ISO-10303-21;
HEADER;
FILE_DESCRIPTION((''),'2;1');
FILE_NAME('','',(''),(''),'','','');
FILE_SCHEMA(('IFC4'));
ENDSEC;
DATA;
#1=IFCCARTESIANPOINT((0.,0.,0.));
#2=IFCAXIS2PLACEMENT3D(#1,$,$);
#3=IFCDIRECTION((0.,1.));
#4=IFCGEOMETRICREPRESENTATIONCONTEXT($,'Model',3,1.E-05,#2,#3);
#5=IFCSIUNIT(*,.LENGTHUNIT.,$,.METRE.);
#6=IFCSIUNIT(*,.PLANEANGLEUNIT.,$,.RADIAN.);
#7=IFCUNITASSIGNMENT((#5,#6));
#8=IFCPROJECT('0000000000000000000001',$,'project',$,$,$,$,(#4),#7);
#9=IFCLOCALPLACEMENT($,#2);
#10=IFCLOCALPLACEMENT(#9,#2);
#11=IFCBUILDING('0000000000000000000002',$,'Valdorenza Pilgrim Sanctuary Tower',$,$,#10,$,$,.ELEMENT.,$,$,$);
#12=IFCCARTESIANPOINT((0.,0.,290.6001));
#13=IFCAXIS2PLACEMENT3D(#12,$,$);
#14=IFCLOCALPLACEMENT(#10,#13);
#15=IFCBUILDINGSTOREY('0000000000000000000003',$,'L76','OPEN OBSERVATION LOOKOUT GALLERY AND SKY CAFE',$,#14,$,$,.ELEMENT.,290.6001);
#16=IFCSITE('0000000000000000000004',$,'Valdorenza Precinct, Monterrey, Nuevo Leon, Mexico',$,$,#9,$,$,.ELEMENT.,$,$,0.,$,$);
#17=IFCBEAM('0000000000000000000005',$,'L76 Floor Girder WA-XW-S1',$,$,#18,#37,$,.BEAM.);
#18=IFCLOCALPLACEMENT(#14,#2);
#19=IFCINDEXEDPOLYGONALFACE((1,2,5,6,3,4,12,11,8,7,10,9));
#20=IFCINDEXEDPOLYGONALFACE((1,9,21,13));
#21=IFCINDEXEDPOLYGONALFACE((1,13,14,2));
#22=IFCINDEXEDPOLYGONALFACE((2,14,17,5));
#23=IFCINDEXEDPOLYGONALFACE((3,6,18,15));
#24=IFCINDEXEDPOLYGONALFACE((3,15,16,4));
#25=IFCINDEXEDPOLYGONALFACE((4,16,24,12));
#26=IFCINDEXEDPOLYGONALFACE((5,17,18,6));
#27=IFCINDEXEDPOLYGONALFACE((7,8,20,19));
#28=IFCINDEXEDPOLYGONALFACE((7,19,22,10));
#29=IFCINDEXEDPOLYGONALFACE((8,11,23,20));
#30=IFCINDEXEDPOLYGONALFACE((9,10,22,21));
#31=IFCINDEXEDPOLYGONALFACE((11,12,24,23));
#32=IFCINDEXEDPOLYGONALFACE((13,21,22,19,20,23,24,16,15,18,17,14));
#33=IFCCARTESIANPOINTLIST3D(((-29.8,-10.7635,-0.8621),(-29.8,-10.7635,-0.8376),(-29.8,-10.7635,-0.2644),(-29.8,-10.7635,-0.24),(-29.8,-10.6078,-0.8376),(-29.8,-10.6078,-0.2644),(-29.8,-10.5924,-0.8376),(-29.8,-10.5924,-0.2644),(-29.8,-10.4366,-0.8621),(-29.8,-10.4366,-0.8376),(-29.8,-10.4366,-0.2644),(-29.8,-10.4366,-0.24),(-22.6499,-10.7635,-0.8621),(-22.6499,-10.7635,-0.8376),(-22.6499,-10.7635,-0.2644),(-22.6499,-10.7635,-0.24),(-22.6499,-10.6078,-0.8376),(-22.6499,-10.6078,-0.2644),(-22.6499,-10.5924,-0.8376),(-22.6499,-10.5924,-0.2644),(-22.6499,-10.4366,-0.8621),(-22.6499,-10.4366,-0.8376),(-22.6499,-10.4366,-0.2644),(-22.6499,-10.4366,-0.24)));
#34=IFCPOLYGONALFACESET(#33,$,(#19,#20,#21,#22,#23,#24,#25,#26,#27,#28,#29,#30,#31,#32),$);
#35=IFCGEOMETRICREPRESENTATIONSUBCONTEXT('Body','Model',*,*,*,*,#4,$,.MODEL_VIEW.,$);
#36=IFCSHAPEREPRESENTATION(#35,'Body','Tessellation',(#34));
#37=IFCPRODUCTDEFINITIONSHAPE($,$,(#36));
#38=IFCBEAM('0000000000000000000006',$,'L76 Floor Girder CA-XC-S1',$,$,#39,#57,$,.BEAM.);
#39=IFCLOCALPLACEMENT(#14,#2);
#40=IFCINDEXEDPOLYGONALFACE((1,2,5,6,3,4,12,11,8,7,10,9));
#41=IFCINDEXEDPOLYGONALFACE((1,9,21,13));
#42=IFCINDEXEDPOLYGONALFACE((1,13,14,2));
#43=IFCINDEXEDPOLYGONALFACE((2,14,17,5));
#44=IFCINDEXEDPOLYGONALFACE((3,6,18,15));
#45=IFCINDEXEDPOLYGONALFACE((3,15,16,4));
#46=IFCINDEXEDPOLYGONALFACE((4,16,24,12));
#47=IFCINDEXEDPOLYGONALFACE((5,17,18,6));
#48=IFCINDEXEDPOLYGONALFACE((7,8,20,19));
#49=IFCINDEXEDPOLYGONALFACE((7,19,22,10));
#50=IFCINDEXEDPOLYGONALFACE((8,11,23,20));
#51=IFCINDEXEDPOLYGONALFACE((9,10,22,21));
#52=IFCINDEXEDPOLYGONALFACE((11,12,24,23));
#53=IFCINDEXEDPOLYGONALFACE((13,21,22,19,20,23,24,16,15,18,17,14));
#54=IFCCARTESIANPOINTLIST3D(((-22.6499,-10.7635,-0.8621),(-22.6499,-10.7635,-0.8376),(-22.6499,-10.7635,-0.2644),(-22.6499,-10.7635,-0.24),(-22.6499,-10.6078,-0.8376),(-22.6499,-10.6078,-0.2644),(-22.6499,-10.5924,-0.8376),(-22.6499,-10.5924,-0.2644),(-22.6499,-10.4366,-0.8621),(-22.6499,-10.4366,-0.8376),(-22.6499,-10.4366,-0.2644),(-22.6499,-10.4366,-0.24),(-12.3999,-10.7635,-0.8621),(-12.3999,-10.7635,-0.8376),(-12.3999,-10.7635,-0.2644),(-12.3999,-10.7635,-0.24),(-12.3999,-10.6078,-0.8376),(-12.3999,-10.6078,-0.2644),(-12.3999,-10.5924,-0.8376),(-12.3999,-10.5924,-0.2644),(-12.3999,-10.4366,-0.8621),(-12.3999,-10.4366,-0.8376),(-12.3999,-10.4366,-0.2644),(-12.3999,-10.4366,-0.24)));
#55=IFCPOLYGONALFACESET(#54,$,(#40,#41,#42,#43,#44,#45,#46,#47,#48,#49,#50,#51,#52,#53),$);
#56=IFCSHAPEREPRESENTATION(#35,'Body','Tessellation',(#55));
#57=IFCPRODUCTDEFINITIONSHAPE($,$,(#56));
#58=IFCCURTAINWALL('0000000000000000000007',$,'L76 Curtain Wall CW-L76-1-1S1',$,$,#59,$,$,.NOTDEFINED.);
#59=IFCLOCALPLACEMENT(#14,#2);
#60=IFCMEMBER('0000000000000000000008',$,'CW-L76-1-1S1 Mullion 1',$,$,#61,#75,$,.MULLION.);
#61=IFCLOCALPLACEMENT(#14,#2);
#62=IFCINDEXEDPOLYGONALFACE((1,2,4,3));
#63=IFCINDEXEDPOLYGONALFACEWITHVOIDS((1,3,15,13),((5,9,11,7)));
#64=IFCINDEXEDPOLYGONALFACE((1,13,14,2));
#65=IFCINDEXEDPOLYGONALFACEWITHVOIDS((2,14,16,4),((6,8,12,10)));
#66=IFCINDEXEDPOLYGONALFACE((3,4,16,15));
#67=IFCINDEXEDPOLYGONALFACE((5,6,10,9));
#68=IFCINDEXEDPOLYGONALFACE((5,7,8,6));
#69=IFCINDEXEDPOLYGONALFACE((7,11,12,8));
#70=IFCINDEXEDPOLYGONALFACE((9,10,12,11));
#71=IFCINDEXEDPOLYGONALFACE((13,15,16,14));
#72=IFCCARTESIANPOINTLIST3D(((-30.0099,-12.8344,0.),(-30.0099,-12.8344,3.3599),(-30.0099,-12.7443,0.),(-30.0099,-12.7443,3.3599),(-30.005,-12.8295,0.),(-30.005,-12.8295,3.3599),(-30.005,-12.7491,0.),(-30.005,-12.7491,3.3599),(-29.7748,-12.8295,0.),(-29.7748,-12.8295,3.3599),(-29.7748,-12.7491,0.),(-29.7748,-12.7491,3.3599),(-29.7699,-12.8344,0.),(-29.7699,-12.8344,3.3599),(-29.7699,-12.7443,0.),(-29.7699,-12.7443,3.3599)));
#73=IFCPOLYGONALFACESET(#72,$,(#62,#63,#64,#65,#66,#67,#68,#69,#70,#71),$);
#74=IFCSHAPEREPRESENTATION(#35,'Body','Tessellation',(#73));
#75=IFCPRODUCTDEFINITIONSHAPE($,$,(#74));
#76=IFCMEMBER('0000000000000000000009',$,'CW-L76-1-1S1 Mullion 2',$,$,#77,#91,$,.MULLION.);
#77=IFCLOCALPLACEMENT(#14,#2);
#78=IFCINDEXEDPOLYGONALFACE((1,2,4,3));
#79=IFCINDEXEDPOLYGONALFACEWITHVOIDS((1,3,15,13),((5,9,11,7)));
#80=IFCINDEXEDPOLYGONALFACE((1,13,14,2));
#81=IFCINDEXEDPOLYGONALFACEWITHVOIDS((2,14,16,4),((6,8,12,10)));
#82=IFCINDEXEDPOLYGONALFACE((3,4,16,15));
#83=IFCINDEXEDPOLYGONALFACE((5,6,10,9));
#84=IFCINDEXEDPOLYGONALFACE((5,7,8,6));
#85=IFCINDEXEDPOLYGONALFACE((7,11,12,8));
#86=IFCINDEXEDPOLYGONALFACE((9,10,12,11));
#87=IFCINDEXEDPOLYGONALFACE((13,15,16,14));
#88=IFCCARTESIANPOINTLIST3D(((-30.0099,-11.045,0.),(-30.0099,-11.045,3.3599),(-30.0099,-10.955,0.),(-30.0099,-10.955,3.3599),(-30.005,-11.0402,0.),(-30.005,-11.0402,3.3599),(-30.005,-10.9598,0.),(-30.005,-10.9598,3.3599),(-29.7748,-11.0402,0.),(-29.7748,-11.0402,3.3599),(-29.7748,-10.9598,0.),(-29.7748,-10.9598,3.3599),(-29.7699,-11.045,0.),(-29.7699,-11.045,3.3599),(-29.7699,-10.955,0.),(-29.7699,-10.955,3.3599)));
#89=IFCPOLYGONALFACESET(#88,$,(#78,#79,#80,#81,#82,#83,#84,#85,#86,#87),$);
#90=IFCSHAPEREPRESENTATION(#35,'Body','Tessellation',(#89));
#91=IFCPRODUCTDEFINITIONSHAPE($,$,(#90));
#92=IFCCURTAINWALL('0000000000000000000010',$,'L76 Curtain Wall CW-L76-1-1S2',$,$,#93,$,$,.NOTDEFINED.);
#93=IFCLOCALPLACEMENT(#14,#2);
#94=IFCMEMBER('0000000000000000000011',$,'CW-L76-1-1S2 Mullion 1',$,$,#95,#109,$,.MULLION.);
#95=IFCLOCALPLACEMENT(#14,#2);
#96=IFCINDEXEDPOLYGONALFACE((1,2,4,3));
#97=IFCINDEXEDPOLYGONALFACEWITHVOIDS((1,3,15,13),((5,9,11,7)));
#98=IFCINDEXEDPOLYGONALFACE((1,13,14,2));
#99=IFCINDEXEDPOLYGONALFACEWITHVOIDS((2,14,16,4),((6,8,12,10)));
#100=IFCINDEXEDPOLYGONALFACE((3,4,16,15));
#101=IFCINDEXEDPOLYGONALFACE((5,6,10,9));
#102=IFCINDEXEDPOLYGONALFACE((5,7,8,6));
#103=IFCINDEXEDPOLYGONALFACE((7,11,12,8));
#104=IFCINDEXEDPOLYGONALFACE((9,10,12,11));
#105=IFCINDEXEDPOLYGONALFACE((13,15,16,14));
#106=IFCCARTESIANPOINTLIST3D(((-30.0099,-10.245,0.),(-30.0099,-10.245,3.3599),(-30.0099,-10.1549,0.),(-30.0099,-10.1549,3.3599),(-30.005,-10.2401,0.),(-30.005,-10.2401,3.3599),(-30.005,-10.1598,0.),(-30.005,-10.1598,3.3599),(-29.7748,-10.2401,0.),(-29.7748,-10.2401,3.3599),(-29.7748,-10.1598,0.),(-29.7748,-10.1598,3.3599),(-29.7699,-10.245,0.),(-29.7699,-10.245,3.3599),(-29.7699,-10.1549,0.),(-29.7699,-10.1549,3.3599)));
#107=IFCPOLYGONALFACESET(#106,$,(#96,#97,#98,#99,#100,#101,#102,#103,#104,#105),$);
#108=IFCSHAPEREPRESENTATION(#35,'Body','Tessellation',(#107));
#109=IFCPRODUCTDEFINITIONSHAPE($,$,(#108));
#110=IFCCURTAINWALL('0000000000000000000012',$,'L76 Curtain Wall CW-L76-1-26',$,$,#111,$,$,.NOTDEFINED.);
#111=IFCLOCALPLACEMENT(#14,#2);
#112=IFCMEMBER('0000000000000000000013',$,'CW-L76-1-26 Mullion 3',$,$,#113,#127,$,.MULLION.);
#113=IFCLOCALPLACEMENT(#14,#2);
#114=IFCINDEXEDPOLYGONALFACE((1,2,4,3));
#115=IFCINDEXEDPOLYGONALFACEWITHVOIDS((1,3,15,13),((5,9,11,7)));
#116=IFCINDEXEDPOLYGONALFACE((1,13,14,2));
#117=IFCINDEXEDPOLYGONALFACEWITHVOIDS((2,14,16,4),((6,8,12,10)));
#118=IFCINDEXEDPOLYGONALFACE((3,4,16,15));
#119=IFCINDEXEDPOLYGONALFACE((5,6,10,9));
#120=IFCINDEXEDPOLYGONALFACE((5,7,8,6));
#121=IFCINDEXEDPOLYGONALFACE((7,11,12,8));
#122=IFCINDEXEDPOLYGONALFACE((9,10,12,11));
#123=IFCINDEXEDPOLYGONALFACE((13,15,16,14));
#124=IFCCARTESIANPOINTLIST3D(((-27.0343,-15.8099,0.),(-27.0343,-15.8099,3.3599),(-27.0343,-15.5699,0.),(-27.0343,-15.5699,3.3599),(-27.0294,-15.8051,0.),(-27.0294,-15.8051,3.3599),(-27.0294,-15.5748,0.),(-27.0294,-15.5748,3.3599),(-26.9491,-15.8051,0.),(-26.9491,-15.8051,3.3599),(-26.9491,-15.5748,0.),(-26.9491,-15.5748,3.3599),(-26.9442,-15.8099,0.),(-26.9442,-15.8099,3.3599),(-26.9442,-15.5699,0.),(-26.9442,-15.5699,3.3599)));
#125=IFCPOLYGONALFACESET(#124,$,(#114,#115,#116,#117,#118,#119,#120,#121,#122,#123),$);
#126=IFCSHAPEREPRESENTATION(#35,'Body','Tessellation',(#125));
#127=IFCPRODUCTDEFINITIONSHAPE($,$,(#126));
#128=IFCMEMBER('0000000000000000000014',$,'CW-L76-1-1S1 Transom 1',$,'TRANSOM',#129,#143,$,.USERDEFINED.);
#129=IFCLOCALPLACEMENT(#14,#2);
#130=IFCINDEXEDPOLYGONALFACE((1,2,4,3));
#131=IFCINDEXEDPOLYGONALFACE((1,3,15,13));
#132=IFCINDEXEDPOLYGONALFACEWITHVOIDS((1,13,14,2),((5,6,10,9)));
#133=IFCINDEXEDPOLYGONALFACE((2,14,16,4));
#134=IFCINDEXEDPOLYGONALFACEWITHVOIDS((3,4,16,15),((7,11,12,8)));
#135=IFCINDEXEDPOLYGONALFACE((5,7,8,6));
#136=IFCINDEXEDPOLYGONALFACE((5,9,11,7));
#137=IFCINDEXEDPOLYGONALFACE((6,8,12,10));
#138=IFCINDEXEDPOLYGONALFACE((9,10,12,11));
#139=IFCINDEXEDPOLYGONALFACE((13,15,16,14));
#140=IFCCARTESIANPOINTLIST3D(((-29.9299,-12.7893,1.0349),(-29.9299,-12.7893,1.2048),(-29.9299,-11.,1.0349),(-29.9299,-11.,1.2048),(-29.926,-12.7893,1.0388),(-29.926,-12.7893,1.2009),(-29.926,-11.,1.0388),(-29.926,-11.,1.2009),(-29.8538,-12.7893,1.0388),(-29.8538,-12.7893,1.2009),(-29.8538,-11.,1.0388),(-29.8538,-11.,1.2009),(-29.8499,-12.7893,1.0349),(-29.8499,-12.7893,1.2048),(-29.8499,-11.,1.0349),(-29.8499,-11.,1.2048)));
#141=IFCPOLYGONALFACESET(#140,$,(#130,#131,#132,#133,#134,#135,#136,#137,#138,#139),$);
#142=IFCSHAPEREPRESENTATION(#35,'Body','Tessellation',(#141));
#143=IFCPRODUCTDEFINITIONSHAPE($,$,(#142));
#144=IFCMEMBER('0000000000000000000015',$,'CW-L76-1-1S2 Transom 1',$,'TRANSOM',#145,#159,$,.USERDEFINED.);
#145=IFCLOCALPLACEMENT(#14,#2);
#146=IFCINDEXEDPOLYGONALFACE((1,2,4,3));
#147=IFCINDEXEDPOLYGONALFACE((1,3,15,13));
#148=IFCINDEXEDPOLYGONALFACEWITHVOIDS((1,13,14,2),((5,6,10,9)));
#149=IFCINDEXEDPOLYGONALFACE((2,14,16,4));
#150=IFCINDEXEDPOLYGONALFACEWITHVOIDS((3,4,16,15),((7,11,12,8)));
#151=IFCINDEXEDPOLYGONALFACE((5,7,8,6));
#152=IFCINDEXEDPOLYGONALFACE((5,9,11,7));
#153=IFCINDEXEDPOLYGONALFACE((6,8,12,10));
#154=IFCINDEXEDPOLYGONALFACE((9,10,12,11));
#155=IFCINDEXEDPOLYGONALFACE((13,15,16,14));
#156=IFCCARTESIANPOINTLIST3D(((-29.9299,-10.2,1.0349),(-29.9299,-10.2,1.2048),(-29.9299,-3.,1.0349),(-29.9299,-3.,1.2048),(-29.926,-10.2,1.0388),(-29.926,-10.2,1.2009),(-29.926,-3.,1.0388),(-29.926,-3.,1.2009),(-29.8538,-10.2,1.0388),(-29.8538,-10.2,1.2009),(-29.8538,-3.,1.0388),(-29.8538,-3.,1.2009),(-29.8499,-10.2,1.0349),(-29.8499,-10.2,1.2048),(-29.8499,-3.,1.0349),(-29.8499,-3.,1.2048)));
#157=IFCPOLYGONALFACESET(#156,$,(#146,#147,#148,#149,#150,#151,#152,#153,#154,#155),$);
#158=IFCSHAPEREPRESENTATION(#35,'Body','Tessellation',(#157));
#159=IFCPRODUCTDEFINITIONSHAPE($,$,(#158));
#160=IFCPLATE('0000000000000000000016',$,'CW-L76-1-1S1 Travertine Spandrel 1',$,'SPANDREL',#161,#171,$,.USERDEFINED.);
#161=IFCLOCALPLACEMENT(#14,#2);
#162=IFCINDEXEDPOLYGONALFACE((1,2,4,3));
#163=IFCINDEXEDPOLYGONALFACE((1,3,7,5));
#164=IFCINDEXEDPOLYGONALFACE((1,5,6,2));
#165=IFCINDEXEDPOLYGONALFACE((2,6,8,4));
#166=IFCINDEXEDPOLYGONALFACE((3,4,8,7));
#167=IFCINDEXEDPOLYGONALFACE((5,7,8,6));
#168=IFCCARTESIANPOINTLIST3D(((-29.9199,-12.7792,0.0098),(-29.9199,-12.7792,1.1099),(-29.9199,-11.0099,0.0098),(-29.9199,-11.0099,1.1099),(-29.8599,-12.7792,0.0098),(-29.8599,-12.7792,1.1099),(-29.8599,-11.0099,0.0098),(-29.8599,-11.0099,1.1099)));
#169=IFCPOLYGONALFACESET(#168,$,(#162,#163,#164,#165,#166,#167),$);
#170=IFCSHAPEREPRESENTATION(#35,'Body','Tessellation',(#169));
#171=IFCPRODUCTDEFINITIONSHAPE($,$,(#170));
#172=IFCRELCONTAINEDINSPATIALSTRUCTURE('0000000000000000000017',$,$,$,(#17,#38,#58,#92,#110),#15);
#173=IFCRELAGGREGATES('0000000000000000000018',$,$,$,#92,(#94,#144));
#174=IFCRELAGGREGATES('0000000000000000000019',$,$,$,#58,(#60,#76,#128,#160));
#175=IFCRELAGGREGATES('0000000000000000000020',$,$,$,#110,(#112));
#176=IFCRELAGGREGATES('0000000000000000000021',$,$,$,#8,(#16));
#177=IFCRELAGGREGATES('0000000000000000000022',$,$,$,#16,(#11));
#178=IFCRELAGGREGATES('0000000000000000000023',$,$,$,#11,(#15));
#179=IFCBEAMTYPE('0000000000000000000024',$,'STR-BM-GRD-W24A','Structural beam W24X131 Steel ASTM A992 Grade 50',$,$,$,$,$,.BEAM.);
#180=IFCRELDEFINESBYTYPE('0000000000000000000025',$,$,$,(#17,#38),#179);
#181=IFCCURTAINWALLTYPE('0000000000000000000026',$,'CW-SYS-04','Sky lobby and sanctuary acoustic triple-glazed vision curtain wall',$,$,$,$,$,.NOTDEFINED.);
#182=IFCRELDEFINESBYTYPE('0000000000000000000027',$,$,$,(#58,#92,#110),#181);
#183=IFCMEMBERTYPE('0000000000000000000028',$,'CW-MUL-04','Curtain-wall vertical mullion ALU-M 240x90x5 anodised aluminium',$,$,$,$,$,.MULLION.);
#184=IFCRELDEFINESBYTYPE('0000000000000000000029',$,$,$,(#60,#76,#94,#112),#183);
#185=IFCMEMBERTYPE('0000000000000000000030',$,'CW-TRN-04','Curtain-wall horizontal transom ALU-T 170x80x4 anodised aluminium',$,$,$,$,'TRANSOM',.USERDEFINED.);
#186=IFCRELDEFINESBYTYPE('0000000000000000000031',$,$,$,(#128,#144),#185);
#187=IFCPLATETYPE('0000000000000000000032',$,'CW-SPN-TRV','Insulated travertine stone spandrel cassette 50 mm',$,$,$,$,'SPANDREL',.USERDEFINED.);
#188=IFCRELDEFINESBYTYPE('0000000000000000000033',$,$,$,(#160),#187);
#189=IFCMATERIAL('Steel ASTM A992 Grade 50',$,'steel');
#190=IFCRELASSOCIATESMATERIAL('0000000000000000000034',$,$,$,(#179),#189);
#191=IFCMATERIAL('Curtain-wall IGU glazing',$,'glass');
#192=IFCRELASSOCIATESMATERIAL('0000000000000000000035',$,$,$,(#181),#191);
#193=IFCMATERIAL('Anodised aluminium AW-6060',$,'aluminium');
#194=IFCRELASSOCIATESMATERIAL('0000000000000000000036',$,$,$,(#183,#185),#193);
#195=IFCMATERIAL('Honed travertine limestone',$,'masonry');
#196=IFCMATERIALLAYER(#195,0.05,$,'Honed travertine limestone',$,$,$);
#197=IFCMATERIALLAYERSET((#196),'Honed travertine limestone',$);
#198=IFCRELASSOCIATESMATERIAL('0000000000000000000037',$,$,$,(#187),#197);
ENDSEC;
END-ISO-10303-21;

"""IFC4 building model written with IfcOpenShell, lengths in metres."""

from ifc_helpers import new_model, si_unit, direction, frame, origin, origin_2d, place, context, subcontext, project, spatial, rectangle, hollow_rectangle, i_section, extrude, source, transform, mapped, material, layer, layer_set, material_profile, profile_set, type_object, element, aggregate, save


model = new_model("IFC4")

# Units and contexts
model_context = context("Model", 3, precision=1e-05, world=origin(), true_north=direction((0.0, 1.0)))
body_context = subcontext(model_context, "Body", "Model", "MODEL_VIEW")
ifc_project = project(units=[si_unit("LENGTHUNIT", "METRE"), si_unit("PLANEANGLEUNIT", "RADIAN")], contexts=[model_context])

# Site, building, storey
site_placement = place(None, origin())
site = spatial("IfcSite", under=ifc_project, at=site_placement, Name="Valdorenza Precinct, Monterrey, Nuevo Leon, Mexico", CompositionType="ELEMENT", RefElevation=0.0)
building_placement = place(site_placement, origin())
building = spatial("IfcBuilding", under=site, at=building_placement, Name="Valdorenza Pilgrim Sanctuary Tower", CompositionType="ELEMENT")
storey_placement = place(building_placement, frame((0.0, 0.0, 290.6001)))
storey = spatial("IfcBuildingStorey", under=building, at=storey_placement, Name="L76", Description="OPEN OBSERVATION LOOKOUT GALLERY AND SKY CAFE", CompositionType="ELEMENT", Elevation=290.6001)

# Beams
ifc_material_1 = material(Name="Steel ASTM A992 Grade 50", Category="steel")
ifc_material_profile_1 = material_profile(ifc_material_1, i_section(OverallWidth=0.3269, OverallDepth=0.6221, WebThickness=0.0154, FlangeThickness=0.0244, at=origin_2d()), Name="W24X131")
ifc_profile_set_1 = profile_set([ifc_material_profile_1], Name="Steel ASTM A992 Grade 50")
beam_type_1 = type_object("IfcBeamType", Name="STR-BM-GRD-W24A", Description="Structural beam W24X131 Steel ASTM A992 Grade 50", PredefinedType="BEAM", material=ifc_profile_set_1)
shared_shape_1 = source(origin(), body_context, "Body", "SweptSolid", [
    extrude(i_section(OverallWidth=0.3269, OverallDepth=0.6221, WebThickness=0.0154, FlangeThickness=0.0244, at=origin_2d()), origin(), (0.0, 0.0, 1.0), 7.1501),
])
beam_1_placement = place(storey_placement, frame((-29.8, -10.6001, -0.551), z_axis=(1.0, 0.0, 0.0), x_axis=(0.0, 1.0, 0.0)))
element("IfcBeam", 1, at=beam_1_placement, inside=storey, type_object=beam_type_1, Name="L76 Floor Girder WA-XW-S1", PredefinedType="BEAM", context=body_context, shape_type="MappedRepresentation", body=[
    mapped(shared_shape_1, transform((0.0, 0.0, 0.0), x_axis=(1.0, 0.0, 0.0), y_axis=(0.0, 1.0, 0.0), z_axis=(0.0, 0.0, 1.0), scale=1.0)),
])
shared_shape_2 = source(origin(), body_context, "Body", "SweptSolid", [
    extrude(i_section(OverallWidth=0.3269, OverallDepth=0.6221, WebThickness=0.0154, FlangeThickness=0.0244, at=origin_2d()), origin(), (0.0, 0.0, 1.0), 10.25),
])
beam_2_placement = place(storey_placement, frame((-22.6499, -10.6001, -0.551), z_axis=(1.0, 0.0, 0.0), x_axis=(0.0, 1.0, 0.0)))
element("IfcBeam", 2, at=beam_2_placement, inside=storey, type_object=beam_type_1, Name="L76 Floor Girder CA-XC-S1", PredefinedType="BEAM", context=body_context, shape_type="MappedRepresentation", body=[
    mapped(shared_shape_2, transform((0.0, 0.0, 0.0), x_axis=(1.0, 0.0, 0.0), y_axis=(0.0, 1.0, 0.0), z_axis=(0.0, 0.0, 1.0), scale=1.0)),
])

# Curtain wall, members
ifc_material_2 = material(Name="Curtain-wall IGU glazing", Category="glass")
curtain_wall_type = type_object("IfcCurtainWallType", Name="CW-SYS-04", Description="Sky lobby and sanctuary acoustic triple-glazed vision curtain wall", PredefinedType="NOTDEFINED", material=ifc_material_2)
curtain_wall_1_placement = place(storey_placement, origin())
curtain_wall_1 = element("IfcCurtainWall", 3, at=curtain_wall_1_placement, inside=storey, type_object=curtain_wall_type, Name="L76 Curtain Wall CW-L76-1-1S1", PredefinedType="NOTDEFINED")
ifc_material_3 = material(Name="Anodised aluminium AW-6060", Category="aluminium")
ifc_material_profile_2 = material_profile(ifc_material_3, hollow_rectangle(XDim=0.0901, YDim=0.24, WallThickness=0.0049, at=origin_2d()), Name="ALU-M 240x90x5")
ifc_profile_set_2 = profile_set([ifc_material_profile_2], Name="Anodised aluminium AW-6060")
member_type_1 = type_object("IfcMemberType", Name="CW-MUL-04", Description="Curtain-wall vertical mullion ALU-M 240x90x5 anodised aluminium", PredefinedType="MULLION", material=ifc_profile_set_2)
shared_shape_3 = source(origin(), body_context, "Body", "SweptSolid", [
    extrude(hollow_rectangle(XDim=0.0901, YDim=0.24, WallThickness=0.0049, at=origin_2d()), origin(), (0.0, 0.0, 1.0), 3.3599),
])
member_1_placement = place(storey_placement, frame((-29.8899, -12.7893, 0.0), z_axis=(0.0, 0.0, 1.0), x_axis=(0.0, 1.0, 0.0)))
member_1 = element("IfcMember", 4, at=member_1_placement, type_object=member_type_1, Name="CW-L76-1-1S1 Mullion 1", PredefinedType="MULLION", context=body_context, shape_type="MappedRepresentation", body=[
    mapped(shared_shape_3, transform((0.0, 0.0, 0.0), x_axis=(1.0, 0.0, 0.0), y_axis=(0.0, 1.0, 0.0), z_axis=(0.0, 0.0, 1.0), scale=1.0)),
])
member_2_placement = place(storey_placement, frame((-29.8899, -11.0, 0.0), z_axis=(0.0, 0.0, 1.0), x_axis=(0.0, 1.0, 0.0)))
member_2 = element("IfcMember", 5, at=member_2_placement, type_object=member_type_1, Name="CW-L76-1-1S1 Mullion 2", PredefinedType="MULLION", context=body_context, shape_type="MappedRepresentation", body=[
    mapped(shared_shape_3, transform((0.0, 0.0, 0.0), x_axis=(1.0, 0.0, 0.0), y_axis=(0.0, 1.0, 0.0), z_axis=(0.0, 0.0, 1.0), scale=1.0)),
])

# Curtain walls, members
curtain_wall_2_placement = place(storey_placement, origin())
curtain_wall_2 = element("IfcCurtainWall", 6, at=curtain_wall_2_placement, inside=storey, type_object=curtain_wall_type, Name="L76 Curtain Wall CW-L76-1-1S2", PredefinedType="NOTDEFINED")
member_3_placement = place(storey_placement, frame((-29.8899, -10.2, 0.0), z_axis=(0.0, 0.0, 1.0), x_axis=(0.0, 1.0, 0.0)))
member_3 = element("IfcMember", 7, at=member_3_placement, type_object=member_type_1, Name="CW-L76-1-1S2 Mullion 1", PredefinedType="MULLION", context=body_context, shape_type="MappedRepresentation", body=[
    mapped(shared_shape_3, transform((0.0, 0.0, 0.0), x_axis=(1.0, 0.0, 0.0), y_axis=(0.0, 1.0, 0.0), z_axis=(0.0, 0.0, 1.0), scale=1.0)),
])
curtain_wall_3_placement = place(storey_placement, origin())
curtain_wall_3 = element("IfcCurtainWall", 8, at=curtain_wall_3_placement, inside=storey, type_object=curtain_wall_type, Name="L76 Curtain Wall CW-L76-1-26", PredefinedType="NOTDEFINED")
member_4_placement = place(storey_placement, frame((-26.9893, -15.6899, 0.0), z_axis=(0.0, 0.0, 1.0), x_axis=(-1.0, 0.0, 0.0)))
member_4 = element("IfcMember", 9, at=member_4_placement, type_object=member_type_1, Name="CW-L76-1-26 Mullion 3", PredefinedType="MULLION", context=body_context, shape_type="MappedRepresentation", body=[
    mapped(shared_shape_3, transform((0.0, 0.0, 0.0), x_axis=(1.0, 0.0, 0.0), y_axis=(0.0, 1.0, 0.0), z_axis=(0.0, 0.0, 1.0), scale=1.0)),
])

# Members
ifc_material_profile_3 = material_profile(ifc_material_3, hollow_rectangle(XDim=0.0801, YDim=0.1699, WallThickness=0.0039, at=origin_2d()), Name="ALU-T 170x80x4")
ifc_profile_set_3 = profile_set([ifc_material_profile_3], Name="Anodised aluminium AW-6060")
member_type_2 = type_object("IfcMemberType", Name="CW-TRN-04", Description="Curtain-wall horizontal transom ALU-T 170x80x4 anodised aluminium", ElementType="TRANSOM", PredefinedType="USERDEFINED", material=ifc_profile_set_3)
shared_shape_4 = source(origin(), body_context, "Body", "SweptSolid", [
    extrude(hollow_rectangle(XDim=0.0801, YDim=0.1699, WallThickness=0.0039, at=origin_2d()), origin(), (0.0, 0.0, 1.0), 1.7893),
])
member_5_placement = place(storey_placement, frame((-29.8899, -12.7893, 1.1199), z_axis=(0.0, 1.0, 0.0), x_axis=(-1.0, 0.0, 0.0)))
member_5 = element("IfcMember", 10, at=member_5_placement, type_object=member_type_2, Name="CW-L76-1-1S1 Transom 1", ObjectType="TRANSOM", PredefinedType="USERDEFINED", context=body_context, shape_type="MappedRepresentation", body=[
    mapped(shared_shape_4, transform((0.0, 0.0, 0.0), x_axis=(1.0, 0.0, 0.0), y_axis=(0.0, 1.0, 0.0), z_axis=(0.0, 0.0, 1.0), scale=1.0)),
])
shared_shape_5 = source(origin(), body_context, "Body", "SweptSolid", [
    extrude(hollow_rectangle(XDim=0.0801, YDim=0.1699, WallThickness=0.0039, at=origin_2d()), origin(), (0.0, 0.0, 1.0), 7.2),
])
member_6_placement = place(storey_placement, frame((-29.8899, -10.2, 1.1199), z_axis=(0.0, 1.0, 0.0), x_axis=(-1.0, 0.0, 0.0)))
member_6 = element("IfcMember", 11, at=member_6_placement, type_object=member_type_2, Name="CW-L76-1-1S2 Transom 1", ObjectType="TRANSOM", PredefinedType="USERDEFINED", context=body_context, shape_type="MappedRepresentation", body=[
    mapped(shared_shape_5, transform((0.0, 0.0, 0.0), x_axis=(1.0, 0.0, 0.0), y_axis=(0.0, 1.0, 0.0), z_axis=(0.0, 0.0, 1.0), scale=1.0)),
])
aggregate(curtain_wall_2, [member_3, member_6])

# Plate
ifc_material_4 = material(Name="Honed travertine limestone", Category="masonry")
ifc_layer_1 = layer(ifc_material_4, 0.05, Name="Honed travertine limestone")
ifc_layer_set_1 = layer_set([ifc_layer_1], Name="Honed travertine limestone")
plate_type_1 = type_object("IfcPlateType", Name="CW-SPN-TRV", Description="Insulated travertine stone spandrel cassette 50 mm", ElementType="SPANDREL", PredefinedType="USERDEFINED", material=ifc_layer_set_1)
shared_shape_6 = source(origin(), body_context, "Body", "SweptSolid", [
    extrude(rectangle(XDim=1.7693, YDim=0.0601, at=origin_2d()), origin(), (0.0, 0.0, 1.0), 1.1001),
])
plate_1_placement = place(storey_placement, frame((-29.8899, -11.8945, 0.0098), z_axis=(0.0, 0.0, 1.0), x_axis=(0.0, 1.0, 0.0)))
plate_1 = element("IfcPlate", 12, at=plate_1_placement, type_object=plate_type_1, Name="CW-L76-1-1S1 Travertine Spandrel 1", ObjectType="SPANDREL", PredefinedType="USERDEFINED", context=body_context, shape_type="MappedRepresentation", body=[
    mapped(shared_shape_6, transform((0.0, 0.0, 0.0), x_axis=(1.0, 0.0, 0.0), y_axis=(0.0, 1.0, 0.0), z_axis=(0.0, 0.0, 1.0), scale=1.0)),
])
aggregate(curtain_wall_1, [member_1, member_2, member_5, plate_1])
aggregate(curtain_wall_3, [member_4])

save(model, "model.ifc")
